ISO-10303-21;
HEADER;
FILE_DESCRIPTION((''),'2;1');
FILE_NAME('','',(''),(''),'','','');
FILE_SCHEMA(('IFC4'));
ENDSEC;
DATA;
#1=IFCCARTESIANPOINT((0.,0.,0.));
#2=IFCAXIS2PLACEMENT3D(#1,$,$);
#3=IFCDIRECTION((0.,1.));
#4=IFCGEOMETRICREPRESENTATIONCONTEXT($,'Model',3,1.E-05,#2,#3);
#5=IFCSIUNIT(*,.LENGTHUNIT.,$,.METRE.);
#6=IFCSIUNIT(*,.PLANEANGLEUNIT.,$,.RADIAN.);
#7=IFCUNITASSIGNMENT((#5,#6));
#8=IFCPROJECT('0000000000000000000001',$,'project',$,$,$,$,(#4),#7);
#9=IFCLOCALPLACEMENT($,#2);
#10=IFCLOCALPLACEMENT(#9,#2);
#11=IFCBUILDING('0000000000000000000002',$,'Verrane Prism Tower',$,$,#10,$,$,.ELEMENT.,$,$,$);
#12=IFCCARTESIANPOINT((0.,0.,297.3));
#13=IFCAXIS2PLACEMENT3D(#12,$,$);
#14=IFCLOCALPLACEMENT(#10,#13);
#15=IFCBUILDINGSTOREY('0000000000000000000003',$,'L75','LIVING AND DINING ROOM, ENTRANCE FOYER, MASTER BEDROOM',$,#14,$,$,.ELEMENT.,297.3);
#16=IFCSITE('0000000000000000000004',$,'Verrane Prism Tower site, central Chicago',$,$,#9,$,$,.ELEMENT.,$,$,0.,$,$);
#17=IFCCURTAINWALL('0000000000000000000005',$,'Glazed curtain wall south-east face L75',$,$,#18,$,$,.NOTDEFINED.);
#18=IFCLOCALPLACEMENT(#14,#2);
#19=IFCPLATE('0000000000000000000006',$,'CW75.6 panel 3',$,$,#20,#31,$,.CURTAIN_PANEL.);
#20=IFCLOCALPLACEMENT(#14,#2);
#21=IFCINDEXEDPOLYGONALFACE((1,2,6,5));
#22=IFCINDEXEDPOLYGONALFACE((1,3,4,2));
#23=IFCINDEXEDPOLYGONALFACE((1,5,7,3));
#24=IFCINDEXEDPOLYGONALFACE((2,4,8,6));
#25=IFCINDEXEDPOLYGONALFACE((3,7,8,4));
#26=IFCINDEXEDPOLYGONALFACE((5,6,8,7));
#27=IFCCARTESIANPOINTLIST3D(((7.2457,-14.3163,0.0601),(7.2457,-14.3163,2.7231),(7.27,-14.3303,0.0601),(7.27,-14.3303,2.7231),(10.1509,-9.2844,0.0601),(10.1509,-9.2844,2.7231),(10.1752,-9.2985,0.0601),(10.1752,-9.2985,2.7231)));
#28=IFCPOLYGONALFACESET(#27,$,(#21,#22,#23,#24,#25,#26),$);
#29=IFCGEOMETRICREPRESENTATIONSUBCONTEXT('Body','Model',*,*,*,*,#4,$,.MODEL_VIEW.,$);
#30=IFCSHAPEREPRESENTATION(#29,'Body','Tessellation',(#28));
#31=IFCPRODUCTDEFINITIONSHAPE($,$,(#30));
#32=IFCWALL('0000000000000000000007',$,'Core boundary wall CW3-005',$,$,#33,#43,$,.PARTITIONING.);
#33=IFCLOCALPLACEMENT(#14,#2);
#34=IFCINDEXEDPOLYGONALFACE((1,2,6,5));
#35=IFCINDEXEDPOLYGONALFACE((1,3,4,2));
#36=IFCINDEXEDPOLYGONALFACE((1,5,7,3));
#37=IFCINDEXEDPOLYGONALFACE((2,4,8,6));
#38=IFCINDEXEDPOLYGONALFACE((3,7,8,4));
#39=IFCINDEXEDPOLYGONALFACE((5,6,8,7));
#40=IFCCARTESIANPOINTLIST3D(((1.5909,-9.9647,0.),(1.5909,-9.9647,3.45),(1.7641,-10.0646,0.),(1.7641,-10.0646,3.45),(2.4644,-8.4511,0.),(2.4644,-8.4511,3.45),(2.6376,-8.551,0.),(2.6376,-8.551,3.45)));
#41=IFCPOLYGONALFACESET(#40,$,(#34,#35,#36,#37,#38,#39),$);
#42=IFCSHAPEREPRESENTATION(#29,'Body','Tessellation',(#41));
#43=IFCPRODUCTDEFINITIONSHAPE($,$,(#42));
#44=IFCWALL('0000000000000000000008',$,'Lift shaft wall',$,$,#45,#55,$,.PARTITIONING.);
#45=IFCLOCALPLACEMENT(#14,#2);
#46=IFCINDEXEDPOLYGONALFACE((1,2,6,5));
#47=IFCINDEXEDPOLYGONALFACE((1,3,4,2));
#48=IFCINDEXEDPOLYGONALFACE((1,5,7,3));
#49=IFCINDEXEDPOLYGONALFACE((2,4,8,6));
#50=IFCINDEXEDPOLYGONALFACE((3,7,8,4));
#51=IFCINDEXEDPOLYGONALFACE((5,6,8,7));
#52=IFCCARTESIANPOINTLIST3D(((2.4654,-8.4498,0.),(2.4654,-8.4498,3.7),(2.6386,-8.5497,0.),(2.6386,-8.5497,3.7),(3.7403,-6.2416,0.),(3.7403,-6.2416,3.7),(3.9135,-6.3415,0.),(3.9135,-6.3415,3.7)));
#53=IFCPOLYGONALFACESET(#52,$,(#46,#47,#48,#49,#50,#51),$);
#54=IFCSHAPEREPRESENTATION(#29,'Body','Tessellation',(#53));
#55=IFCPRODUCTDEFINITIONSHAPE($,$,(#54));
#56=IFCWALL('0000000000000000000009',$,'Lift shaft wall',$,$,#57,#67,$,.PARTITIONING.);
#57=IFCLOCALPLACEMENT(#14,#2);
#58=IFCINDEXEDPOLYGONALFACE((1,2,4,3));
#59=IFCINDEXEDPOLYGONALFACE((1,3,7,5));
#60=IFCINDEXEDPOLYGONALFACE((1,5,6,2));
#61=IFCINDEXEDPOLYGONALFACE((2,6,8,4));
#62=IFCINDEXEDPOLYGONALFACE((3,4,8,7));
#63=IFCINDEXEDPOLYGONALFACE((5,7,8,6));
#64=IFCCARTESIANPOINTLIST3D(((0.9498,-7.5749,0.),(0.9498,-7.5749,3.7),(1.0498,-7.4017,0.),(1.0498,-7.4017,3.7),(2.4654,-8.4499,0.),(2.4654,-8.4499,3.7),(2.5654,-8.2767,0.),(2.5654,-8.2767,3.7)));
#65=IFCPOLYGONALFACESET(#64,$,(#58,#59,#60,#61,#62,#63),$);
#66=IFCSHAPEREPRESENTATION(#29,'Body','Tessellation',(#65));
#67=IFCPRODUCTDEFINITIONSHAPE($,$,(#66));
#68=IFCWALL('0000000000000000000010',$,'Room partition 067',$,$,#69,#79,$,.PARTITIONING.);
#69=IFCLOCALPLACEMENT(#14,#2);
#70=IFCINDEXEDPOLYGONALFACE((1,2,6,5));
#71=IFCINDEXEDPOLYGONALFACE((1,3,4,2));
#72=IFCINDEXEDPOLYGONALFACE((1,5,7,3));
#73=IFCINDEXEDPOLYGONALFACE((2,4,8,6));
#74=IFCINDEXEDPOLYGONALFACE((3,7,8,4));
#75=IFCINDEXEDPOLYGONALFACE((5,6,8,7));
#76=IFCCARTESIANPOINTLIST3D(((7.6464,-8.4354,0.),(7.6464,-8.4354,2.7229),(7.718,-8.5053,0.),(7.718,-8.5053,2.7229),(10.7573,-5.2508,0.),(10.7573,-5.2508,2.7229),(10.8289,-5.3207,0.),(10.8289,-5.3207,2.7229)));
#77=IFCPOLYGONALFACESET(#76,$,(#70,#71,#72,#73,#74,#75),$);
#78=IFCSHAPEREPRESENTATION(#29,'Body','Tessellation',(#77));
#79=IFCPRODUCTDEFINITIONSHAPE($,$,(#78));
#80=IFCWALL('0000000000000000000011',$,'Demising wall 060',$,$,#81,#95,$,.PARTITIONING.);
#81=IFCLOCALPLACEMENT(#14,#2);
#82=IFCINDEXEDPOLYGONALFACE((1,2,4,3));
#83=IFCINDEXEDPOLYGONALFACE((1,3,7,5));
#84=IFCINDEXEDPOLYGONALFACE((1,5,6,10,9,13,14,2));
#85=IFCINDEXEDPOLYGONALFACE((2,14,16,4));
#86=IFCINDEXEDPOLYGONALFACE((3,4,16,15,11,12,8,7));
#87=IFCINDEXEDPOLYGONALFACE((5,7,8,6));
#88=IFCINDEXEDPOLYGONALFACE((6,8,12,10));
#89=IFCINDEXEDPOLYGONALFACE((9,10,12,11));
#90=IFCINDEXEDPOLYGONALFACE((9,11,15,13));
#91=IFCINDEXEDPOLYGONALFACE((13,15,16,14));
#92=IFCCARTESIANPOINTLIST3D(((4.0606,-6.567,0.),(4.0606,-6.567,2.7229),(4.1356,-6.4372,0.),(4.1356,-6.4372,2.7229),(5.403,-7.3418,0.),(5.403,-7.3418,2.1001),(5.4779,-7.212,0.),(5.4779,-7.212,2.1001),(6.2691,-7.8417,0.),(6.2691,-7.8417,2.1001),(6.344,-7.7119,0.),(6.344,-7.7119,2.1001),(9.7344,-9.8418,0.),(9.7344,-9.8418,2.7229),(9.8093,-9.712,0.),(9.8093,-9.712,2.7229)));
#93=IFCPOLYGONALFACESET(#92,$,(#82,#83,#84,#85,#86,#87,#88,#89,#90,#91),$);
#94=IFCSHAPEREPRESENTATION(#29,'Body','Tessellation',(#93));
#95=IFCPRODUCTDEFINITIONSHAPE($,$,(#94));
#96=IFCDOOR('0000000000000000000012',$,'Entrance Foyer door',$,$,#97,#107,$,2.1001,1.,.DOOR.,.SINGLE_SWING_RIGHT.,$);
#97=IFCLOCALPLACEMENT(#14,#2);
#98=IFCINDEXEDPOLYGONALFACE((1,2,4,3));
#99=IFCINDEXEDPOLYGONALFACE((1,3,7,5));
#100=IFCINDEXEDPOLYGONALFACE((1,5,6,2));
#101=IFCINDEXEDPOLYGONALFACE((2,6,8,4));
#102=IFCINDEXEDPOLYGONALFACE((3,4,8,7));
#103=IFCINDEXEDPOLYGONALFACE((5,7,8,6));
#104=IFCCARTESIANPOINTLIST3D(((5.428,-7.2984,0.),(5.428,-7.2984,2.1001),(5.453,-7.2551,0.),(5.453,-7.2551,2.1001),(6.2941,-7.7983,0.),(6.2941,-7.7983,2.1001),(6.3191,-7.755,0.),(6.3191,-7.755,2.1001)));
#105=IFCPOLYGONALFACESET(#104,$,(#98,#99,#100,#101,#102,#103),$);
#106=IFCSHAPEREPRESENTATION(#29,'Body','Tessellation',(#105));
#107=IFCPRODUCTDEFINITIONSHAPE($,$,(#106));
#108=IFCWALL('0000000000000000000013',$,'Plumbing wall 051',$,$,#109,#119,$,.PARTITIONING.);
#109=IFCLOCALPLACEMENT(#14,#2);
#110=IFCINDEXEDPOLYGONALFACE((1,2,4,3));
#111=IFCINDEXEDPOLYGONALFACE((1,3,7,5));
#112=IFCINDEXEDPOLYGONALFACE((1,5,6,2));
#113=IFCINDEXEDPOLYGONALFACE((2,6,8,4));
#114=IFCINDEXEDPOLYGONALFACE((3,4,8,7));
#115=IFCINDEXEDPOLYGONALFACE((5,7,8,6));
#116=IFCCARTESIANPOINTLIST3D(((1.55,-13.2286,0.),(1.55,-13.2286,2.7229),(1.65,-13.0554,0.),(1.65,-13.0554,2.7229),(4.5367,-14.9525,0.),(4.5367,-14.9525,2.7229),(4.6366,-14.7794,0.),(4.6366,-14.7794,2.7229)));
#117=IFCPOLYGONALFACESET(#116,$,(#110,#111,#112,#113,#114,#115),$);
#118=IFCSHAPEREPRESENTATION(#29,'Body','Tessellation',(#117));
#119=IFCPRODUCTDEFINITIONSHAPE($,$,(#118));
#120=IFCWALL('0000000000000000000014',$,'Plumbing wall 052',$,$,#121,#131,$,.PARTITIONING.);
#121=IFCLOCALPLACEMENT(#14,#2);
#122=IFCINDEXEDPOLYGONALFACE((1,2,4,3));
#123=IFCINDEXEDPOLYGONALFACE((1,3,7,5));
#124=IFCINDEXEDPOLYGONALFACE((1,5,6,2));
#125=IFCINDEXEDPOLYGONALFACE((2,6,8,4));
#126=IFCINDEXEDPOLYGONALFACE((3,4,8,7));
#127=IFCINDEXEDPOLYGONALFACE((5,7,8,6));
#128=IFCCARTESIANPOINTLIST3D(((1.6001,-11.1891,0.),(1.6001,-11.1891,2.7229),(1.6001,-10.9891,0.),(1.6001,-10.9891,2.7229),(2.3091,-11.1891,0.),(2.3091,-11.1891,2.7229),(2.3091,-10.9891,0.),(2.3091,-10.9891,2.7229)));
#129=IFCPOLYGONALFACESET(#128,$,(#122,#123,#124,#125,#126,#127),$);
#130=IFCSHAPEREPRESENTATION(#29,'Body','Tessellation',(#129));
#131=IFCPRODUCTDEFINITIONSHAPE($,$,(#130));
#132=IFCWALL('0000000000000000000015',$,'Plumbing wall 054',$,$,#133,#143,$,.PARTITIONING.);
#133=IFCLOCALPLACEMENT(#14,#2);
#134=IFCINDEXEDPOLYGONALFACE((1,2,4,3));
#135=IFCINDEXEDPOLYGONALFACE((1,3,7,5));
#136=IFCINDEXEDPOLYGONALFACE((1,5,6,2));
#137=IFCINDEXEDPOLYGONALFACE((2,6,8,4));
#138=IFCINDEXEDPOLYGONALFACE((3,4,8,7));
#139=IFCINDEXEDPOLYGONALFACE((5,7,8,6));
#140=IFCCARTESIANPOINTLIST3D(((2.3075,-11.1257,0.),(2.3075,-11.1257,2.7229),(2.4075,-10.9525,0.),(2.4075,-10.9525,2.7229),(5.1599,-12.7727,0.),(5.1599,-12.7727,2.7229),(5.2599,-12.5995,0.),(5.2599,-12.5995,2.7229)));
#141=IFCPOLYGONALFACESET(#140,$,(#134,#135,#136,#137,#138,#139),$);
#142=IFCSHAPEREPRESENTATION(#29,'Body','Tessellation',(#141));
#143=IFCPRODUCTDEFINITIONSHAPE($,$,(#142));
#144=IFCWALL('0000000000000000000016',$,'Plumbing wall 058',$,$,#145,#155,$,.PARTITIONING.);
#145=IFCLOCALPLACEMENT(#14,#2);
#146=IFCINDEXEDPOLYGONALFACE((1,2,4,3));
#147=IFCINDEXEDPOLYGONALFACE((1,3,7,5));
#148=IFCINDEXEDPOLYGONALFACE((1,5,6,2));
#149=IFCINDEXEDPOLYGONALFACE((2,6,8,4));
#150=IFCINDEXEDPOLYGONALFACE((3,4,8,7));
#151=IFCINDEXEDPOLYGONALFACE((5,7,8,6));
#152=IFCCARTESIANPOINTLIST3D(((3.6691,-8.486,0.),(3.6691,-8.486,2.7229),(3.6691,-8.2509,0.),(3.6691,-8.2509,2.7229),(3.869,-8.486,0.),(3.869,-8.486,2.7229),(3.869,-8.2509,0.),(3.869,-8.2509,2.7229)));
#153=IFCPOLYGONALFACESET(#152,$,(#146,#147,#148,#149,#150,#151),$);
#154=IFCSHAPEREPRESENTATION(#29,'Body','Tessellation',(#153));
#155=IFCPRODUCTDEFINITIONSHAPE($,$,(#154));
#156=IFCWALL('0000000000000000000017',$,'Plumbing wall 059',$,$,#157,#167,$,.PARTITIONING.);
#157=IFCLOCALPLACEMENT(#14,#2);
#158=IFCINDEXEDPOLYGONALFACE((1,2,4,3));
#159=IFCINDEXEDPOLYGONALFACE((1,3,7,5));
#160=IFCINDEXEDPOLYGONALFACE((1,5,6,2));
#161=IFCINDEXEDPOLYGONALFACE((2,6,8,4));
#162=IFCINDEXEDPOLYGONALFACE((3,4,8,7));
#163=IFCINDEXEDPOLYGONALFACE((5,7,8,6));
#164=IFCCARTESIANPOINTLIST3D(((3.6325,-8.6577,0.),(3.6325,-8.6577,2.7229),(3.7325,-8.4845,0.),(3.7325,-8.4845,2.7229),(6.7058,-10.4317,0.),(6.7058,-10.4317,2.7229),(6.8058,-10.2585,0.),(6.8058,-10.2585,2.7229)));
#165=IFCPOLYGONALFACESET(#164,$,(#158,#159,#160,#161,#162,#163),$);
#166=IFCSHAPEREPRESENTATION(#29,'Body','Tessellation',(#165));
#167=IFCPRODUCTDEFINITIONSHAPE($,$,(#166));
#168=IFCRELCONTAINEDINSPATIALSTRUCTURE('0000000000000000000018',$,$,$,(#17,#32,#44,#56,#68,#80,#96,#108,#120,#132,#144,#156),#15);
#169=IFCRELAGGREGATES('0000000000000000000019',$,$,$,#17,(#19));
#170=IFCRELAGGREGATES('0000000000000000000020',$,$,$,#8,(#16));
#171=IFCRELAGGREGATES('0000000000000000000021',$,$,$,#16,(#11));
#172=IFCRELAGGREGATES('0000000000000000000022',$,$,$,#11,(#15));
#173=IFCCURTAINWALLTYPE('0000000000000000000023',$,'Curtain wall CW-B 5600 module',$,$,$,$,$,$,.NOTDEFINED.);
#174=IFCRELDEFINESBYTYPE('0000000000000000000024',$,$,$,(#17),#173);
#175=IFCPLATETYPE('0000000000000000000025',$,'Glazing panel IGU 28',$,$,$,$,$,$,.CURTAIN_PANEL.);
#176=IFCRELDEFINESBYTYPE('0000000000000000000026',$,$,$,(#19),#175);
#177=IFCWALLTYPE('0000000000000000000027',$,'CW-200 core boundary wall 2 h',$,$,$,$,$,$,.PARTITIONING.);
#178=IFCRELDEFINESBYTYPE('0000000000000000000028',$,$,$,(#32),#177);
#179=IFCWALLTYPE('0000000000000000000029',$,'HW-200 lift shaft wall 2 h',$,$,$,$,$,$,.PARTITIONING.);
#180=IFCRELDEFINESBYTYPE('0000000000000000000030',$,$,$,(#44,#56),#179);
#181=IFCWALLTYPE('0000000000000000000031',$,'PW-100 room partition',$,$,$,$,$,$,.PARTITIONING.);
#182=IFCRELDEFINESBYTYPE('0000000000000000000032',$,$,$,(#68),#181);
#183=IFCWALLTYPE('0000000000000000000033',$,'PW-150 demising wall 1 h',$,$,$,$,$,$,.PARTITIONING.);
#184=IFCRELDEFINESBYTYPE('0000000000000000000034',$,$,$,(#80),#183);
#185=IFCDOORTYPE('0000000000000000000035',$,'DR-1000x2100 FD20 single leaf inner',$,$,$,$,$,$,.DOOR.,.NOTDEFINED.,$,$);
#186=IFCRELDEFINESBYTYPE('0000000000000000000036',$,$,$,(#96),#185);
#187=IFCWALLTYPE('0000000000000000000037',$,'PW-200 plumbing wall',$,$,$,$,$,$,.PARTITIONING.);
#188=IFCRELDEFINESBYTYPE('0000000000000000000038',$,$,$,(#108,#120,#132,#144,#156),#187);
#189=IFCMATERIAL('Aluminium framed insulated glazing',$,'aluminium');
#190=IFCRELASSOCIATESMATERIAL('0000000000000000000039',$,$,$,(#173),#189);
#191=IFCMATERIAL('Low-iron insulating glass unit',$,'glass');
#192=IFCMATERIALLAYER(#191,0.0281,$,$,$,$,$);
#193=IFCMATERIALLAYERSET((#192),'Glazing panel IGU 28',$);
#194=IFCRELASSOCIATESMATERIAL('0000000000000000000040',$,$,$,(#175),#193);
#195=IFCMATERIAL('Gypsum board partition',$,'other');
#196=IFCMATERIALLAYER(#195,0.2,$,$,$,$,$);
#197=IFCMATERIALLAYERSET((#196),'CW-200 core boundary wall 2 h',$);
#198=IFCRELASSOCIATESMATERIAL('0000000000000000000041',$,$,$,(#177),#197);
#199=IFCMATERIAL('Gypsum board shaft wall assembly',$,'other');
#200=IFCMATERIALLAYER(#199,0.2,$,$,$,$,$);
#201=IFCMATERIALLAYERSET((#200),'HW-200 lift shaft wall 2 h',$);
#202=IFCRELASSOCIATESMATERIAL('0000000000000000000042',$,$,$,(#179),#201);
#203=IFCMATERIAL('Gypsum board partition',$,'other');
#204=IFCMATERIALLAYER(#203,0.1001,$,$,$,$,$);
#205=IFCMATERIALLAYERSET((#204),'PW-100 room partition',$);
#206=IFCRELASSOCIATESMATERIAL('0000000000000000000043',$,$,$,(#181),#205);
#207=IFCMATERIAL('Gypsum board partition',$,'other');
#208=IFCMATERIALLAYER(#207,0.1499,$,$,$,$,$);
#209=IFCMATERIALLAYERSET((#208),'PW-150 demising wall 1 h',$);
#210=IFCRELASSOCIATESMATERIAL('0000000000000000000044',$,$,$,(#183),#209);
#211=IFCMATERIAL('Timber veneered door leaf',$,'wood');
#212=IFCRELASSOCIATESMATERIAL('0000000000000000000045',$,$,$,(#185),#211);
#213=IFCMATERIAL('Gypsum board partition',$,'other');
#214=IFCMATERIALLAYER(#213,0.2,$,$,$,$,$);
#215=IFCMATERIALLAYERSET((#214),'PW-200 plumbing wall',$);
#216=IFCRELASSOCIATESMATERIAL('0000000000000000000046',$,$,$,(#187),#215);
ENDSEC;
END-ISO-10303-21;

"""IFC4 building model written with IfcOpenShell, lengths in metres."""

from ifc_helpers import new_model, si_unit, direction, frame, frame_2d, origin, origin_2d, place, context, subcontext, project, spatial, rectangle, extrude, material, layer, layer_set, type_object, element, fill, aggregate, save


model = new_model("IFC4")

# Units and contexts
model_context = context("Model", 3, precision=1e-05, world=origin(), true_north=direction((0.0, 1.0)))
body_context = subcontext(model_context, "Body", "Model", "MODEL_VIEW")
ifc_project = project(units=[si_unit("LENGTHUNIT", "METRE"), si_unit("PLANEANGLEUNIT", "RADIAN")], contexts=[model_context])

# Site, building, storey
site_placement = place(None, origin())
site = spatial("IfcSite", under=ifc_project, at=site_placement, Name="Verrane Prism Tower site, central Chicago", CompositionType="ELEMENT", RefElevation=0.0)
building_placement = place(site_placement, origin())
building = spatial("IfcBuilding", under=site, at=building_placement, Name="Verrane Prism Tower", CompositionType="ELEMENT")
storey_placement = place(building_placement, frame((0.0, 0.0, 297.3)))
storey = spatial("IfcBuildingStorey", under=building, at=storey_placement, Name="L75", Description="LIVING AND DINING ROOM, ENTRANCE FOYER, MASTER BEDROOM", CompositionType="ELEMENT", Elevation=297.3)

# Curtain wall
ifc_material_1 = material(Name="Aluminium framed insulated glazing", Category="aluminium")
curtain_wall_type = type_object("IfcCurtainWallType", Name="Curtain wall CW-B 5600 module", PredefinedType="NOTDEFINED", material=ifc_material_1)
curtain_wall_placement = place(storey_placement, origin())
curtain_wall = element("IfcCurtainWall", 1, at=curtain_wall_placement, inside=storey, type_object=curtain_wall_type, Name="Glazed curtain wall south-east face L75", PredefinedType="NOTDEFINED")

# Plate
ifc_material_2 = material(Name="Low-iron insulating glass unit", Category="glass")
ifc_layer_1 = layer(ifc_material_2, 0.0281)
ifc_layer_set_1 = layer_set([ifc_layer_1], Name="Glazing panel IGU 28")
plate_type = type_object("IfcPlateType", Name="Glazing panel IGU 28", PredefinedType="CURTAIN_PANEL", material=ifc_layer_set_1)
plate_placement = place(storey_placement, frame((8.7104, -11.8074, 0.0601), z_axis=(0.0, 0.0, 1.0), x_axis=(0.500001, 0.866025, 0.0)))
plate = element("IfcPlate", 2, at=plate_placement, type_object=plate_type, Name="CW75.6 panel 3", PredefinedType="CURTAIN_PANEL", context=body_context, shape_type="SweptSolid", body=[
    extrude(rectangle(XDim=5.8103, YDim=0.0281, at=origin_2d()), origin(), (0.0, 0.0, 1.0), 2.6631),
])
aggregate(curtain_wall, [plate])

# Walls
ifc_material_3 = material(Name="Gypsum board partition", Category="other")
ifc_layer_2 = layer(ifc_material_3, 0.2)
ifc_layer_set_2 = layer_set([ifc_layer_2], Name="CW-200 core boundary wall 2 h")
wall_type_1 = type_object("IfcWallType", Name="CW-200 core boundary wall 2 h", PredefinedType="PARTITIONING", material=ifc_layer_set_2)
wall_1_placement = place(storey_placement, frame((1.6775, -10.0146, 0.0), z_axis=(0.0, 0.0, 1.0), x_axis=(0.499835, 0.86612, 0.0)))
element("IfcWall", 3, at=wall_1_placement, inside=storey, type_object=wall_type_1, Name="Core boundary wall CW3-005", PredefinedType="PARTITIONING", context=body_context, shape_type="SweptSolid", body=[
    extrude(rectangle(XDim=1.7476, YDim=0.2, at=frame_2d((0.8738, 0.0))), origin(), (0.0, 0.0, 1.0), 3.45),
])
ifc_material_4 = material(Name="Gypsum board shaft wall assembly", Category="other")
ifc_layer_3 = layer(ifc_material_4, 0.2)
ifc_layer_set_3 = layer_set([ifc_layer_3], Name="HW-200 lift shaft wall 2 h")
wall_type_2 = type_object("IfcWallType", Name="HW-200 lift shaft wall 2 h", PredefinedType="PARTITIONING", material=ifc_layer_set_3)
wall_2_placement = place(storey_placement, frame((2.552, -8.4998, 0.0), z_axis=(0.0, 0.0, 1.0), x_axis=(0.49999, 0.866031, 0.0)))
element("IfcWall", 4, at=wall_2_placement, inside=storey, type_object=wall_type_2, Name="Lift shaft wall", PredefinedType="PARTITIONING", context=body_context, shape_type="SweptSolid", body=[
    extrude(rectangle(XDim=2.5498, YDim=0.2, at=frame_2d((1.2749, 0.0))), origin(), (0.0, 0.0, 1.0), 3.7),
])
wall_3_placement = place(storey_placement, frame((2.5154, -8.3633, 0.0), z_axis=(0.0, 0.0, 1.0), x_axis=(-0.866037, 0.49998, 0.0)))
element("IfcWall", 5, at=wall_3_placement, inside=storey, type_object=wall_type_2, Name="Lift shaft wall", PredefinedType="PARTITIONING", context=body_context, shape_type="SweptSolid", body=[
    extrude(rectangle(XDim=1.75, YDim=0.2, at=frame_2d((0.875, 0.0))), origin(), (0.0, 0.0, 1.0), 3.7),
])
ifc_material_5 = material(Name="Gypsum board partition", Category="other")
ifc_layer_4 = layer(ifc_material_5, 0.1001)
ifc_layer_set_4 = layer_set([ifc_layer_4], Name="PW-100 room partition")
wall_type_3 = type_object("IfcWallType", Name="PW-100 room partition", PredefinedType="PARTITIONING", material=ifc_layer_set_4)
wall_4_placement = place(storey_placement, frame((7.6821, -8.4705, 0.0), z_axis=(0.0, 0.0, 1.0), x_axis=(0.698777, 0.715339, 0.0)))
element("IfcWall", 6, at=wall_4_placement, inside=storey, type_object=wall_type_3, Name="Room partition 067", PredefinedType="PARTITIONING", context=body_context, shape_type="SweptSolid", body=[
    extrude(rectangle(XDim=4.4519, YDim=0.1001, at=frame_2d((2.2261, 0.0))), origin(), (0.0, 0.0, 1.0), 2.7229),
])

# Wall, opening, door
ifc_material_6 = material(Name="Gypsum board partition", Category="other")
ifc_layer_5 = layer(ifc_material_6, 0.1499)
ifc_layer_set_5 = layer_set([ifc_layer_5], Name="PW-150 demising wall 1 h")
wall_type_4 = type_object("IfcWallType", Name="PW-150 demising wall 1 h", PredefinedType="PARTITIONING", material=ifc_layer_set_5)
wall_5_placement = place(storey_placement, frame((9.7717, -9.7769, 0.0), z_axis=(0.0, 0.0, 1.0), x_axis=(-0.866084, 0.499899, 0.0)))
wall_5 = element("IfcWall", 7, at=wall_5_placement, inside=storey, type_object=wall_type_4, Name="Demising wall 060", PredefinedType="PARTITIONING", context=body_context, shape_type="SweptSolid", body=[
    extrude(rectangle(XDim=6.551, YDim=0.1499, at=frame_2d((3.2754, 0.0))), origin(), (0.0, 0.0, 1.0), 2.7229),
])
opening_1_placement = place(wall_5_placement, frame((4.001, 0.0, 0.0)))
opening_1 = element("IfcOpeningElement", 8, at=opening_1_placement, cuts=wall_5, PredefinedType="OPENING", context=body_context, shape_type="SweptSolid", body=[
    extrude(rectangle(XDim=1.0, YDim=2.1001, at=frame_2d((0.5, 1.05))), frame((0.0, 0.085, 0.0), z_axis=(0.0, -1.0, 0.0), x_axis=(1.0, 0.0, 0.0)), (0.0, 0.0, 1.0), 0.1699),
])
ifc_material_7 = material(Name="Timber veneered door leaf", Category="wood")
door_type_1 = type_object("IfcDoorType", Name="DR-1000x2100 FD20 single leaf inner", OperationType="NOTDEFINED", PredefinedType="DOOR", material=ifc_material_7)
door_1_placement = place(opening_1_placement, origin())
door_1 = element("IfcDoor", 9, at=door_1_placement, inside=storey, type_object=door_type_1, Name="Entrance Foyer door", OperationType="SINGLE_SWING_RIGHT", OverallHeight=2.1001, OverallWidth=1.0, PredefinedType="DOOR", context=body_context, shape_type="SweptSolid", body=[
    extrude(rectangle(XDim=1.0, YDim=2.1001, at=frame_2d((0.5, 1.05))), frame((0.0, 0.0249, 0.0), z_axis=(0.0, -1.0, 0.0), x_axis=(1.0, 0.0, 0.0)), (0.0, 0.0, 1.0), 0.05),
])
fill(opening_1, door_1)

# Walls
ifc_material_8 = material(Name="Gypsum board partition", Category="other")
ifc_layer_6 = layer(ifc_material_8, 0.2)
ifc_layer_set_6 = layer_set([ifc_layer_6], Name="PW-200 plumbing wall")
wall_type_5 = type_object("IfcWallType", Name="PW-200 plumbing wall", PredefinedType="PARTITIONING", material=ifc_layer_set_6)
wall_6_placement = place(storey_placement, frame((1.6001, -13.1421, 0.0), z_axis=(0.0, 0.0, 1.0), x_axis=(0.866078, -0.499908, 0.0)))
element("IfcWall", 10, at=wall_6_placement, inside=storey, type_object=wall_type_5, Name="Plumbing wall 051", PredefinedType="PARTITIONING", context=body_context, shape_type="SweptSolid", body=[
    extrude(rectangle(XDim=3.4485, YDim=0.2, at=frame_2d((1.7241, 0.0))), origin(), (0.0, 0.0, 1.0), 2.7229),
])
wall_7_placement = place(storey_placement, frame((1.6001, -11.0891, 0.0), z_axis=(0.0, 0.0, 1.0), x_axis=(1.0, 0.0, 0.0)))
element("IfcWall", 11, at=wall_7_placement, inside=storey, type_object=wall_type_5, Name="Plumbing wall 052", PredefinedType="PARTITIONING", context=body_context, shape_type="SweptSolid", body=[
    extrude(rectangle(XDim=0.709, YDim=0.2, at=frame_2d((0.3545, 0.0))), origin(), (0.0, 0.0, 1.0), 2.7229),
])
wall_8_placement = place(storey_placement, frame((2.3574, -11.0391, 0.0), z_axis=(0.0, 0.0, 1.0), x_axis=(0.865999, -0.500045, 0.0)))
element("IfcWall", 12, at=wall_8_placement, inside=storey, type_object=wall_type_5, Name="Plumbing wall 054", PredefinedType="PARTITIONING", context=body_context, shape_type="SweptSolid", body=[
    extrude(rectangle(XDim=3.2937, YDim=0.2, at=frame_2d((1.647, 0.0))), origin(), (0.0, 0.0, 1.0), 2.7229),
])
wall_9_placement = place(storey_placement, frame((3.769, -8.4861, 0.0), z_axis=(0.0, 0.0, 1.0), x_axis=(0.0, 1.0, 0.0)))
element("IfcWall", 13, at=wall_9_placement, inside=storey, type_object=wall_type_5, Name="Plumbing wall 058", PredefinedType="PARTITIONING", context=body_context, shape_type="SweptSolid", body=[
    extrude(rectangle(XDim=0.2351, YDim=0.2, at=frame_2d((0.1177, 0.0))), origin(), (0.0, 0.0, 1.0), 2.7229),
])
wall_10_placement = place(storey_placement, frame((3.6824, -8.571, 0.0), z_axis=(0.0, 0.0, 1.0), x_axis=(0.866076, -0.499913, 0.0)))
element("IfcWall", 14, at=wall_10_placement, inside=storey, type_object=wall_type_5, Name="Plumbing wall 059", PredefinedType="PARTITIONING", context=body_context, shape_type="SweptSolid", body=[
    extrude(rectangle(XDim=3.5486, YDim=0.2, at=frame_2d((1.7744, 0.0))), origin(), (0.0, 0.0, 1.0), 2.7229),
])

save(model, "model.ifc")
